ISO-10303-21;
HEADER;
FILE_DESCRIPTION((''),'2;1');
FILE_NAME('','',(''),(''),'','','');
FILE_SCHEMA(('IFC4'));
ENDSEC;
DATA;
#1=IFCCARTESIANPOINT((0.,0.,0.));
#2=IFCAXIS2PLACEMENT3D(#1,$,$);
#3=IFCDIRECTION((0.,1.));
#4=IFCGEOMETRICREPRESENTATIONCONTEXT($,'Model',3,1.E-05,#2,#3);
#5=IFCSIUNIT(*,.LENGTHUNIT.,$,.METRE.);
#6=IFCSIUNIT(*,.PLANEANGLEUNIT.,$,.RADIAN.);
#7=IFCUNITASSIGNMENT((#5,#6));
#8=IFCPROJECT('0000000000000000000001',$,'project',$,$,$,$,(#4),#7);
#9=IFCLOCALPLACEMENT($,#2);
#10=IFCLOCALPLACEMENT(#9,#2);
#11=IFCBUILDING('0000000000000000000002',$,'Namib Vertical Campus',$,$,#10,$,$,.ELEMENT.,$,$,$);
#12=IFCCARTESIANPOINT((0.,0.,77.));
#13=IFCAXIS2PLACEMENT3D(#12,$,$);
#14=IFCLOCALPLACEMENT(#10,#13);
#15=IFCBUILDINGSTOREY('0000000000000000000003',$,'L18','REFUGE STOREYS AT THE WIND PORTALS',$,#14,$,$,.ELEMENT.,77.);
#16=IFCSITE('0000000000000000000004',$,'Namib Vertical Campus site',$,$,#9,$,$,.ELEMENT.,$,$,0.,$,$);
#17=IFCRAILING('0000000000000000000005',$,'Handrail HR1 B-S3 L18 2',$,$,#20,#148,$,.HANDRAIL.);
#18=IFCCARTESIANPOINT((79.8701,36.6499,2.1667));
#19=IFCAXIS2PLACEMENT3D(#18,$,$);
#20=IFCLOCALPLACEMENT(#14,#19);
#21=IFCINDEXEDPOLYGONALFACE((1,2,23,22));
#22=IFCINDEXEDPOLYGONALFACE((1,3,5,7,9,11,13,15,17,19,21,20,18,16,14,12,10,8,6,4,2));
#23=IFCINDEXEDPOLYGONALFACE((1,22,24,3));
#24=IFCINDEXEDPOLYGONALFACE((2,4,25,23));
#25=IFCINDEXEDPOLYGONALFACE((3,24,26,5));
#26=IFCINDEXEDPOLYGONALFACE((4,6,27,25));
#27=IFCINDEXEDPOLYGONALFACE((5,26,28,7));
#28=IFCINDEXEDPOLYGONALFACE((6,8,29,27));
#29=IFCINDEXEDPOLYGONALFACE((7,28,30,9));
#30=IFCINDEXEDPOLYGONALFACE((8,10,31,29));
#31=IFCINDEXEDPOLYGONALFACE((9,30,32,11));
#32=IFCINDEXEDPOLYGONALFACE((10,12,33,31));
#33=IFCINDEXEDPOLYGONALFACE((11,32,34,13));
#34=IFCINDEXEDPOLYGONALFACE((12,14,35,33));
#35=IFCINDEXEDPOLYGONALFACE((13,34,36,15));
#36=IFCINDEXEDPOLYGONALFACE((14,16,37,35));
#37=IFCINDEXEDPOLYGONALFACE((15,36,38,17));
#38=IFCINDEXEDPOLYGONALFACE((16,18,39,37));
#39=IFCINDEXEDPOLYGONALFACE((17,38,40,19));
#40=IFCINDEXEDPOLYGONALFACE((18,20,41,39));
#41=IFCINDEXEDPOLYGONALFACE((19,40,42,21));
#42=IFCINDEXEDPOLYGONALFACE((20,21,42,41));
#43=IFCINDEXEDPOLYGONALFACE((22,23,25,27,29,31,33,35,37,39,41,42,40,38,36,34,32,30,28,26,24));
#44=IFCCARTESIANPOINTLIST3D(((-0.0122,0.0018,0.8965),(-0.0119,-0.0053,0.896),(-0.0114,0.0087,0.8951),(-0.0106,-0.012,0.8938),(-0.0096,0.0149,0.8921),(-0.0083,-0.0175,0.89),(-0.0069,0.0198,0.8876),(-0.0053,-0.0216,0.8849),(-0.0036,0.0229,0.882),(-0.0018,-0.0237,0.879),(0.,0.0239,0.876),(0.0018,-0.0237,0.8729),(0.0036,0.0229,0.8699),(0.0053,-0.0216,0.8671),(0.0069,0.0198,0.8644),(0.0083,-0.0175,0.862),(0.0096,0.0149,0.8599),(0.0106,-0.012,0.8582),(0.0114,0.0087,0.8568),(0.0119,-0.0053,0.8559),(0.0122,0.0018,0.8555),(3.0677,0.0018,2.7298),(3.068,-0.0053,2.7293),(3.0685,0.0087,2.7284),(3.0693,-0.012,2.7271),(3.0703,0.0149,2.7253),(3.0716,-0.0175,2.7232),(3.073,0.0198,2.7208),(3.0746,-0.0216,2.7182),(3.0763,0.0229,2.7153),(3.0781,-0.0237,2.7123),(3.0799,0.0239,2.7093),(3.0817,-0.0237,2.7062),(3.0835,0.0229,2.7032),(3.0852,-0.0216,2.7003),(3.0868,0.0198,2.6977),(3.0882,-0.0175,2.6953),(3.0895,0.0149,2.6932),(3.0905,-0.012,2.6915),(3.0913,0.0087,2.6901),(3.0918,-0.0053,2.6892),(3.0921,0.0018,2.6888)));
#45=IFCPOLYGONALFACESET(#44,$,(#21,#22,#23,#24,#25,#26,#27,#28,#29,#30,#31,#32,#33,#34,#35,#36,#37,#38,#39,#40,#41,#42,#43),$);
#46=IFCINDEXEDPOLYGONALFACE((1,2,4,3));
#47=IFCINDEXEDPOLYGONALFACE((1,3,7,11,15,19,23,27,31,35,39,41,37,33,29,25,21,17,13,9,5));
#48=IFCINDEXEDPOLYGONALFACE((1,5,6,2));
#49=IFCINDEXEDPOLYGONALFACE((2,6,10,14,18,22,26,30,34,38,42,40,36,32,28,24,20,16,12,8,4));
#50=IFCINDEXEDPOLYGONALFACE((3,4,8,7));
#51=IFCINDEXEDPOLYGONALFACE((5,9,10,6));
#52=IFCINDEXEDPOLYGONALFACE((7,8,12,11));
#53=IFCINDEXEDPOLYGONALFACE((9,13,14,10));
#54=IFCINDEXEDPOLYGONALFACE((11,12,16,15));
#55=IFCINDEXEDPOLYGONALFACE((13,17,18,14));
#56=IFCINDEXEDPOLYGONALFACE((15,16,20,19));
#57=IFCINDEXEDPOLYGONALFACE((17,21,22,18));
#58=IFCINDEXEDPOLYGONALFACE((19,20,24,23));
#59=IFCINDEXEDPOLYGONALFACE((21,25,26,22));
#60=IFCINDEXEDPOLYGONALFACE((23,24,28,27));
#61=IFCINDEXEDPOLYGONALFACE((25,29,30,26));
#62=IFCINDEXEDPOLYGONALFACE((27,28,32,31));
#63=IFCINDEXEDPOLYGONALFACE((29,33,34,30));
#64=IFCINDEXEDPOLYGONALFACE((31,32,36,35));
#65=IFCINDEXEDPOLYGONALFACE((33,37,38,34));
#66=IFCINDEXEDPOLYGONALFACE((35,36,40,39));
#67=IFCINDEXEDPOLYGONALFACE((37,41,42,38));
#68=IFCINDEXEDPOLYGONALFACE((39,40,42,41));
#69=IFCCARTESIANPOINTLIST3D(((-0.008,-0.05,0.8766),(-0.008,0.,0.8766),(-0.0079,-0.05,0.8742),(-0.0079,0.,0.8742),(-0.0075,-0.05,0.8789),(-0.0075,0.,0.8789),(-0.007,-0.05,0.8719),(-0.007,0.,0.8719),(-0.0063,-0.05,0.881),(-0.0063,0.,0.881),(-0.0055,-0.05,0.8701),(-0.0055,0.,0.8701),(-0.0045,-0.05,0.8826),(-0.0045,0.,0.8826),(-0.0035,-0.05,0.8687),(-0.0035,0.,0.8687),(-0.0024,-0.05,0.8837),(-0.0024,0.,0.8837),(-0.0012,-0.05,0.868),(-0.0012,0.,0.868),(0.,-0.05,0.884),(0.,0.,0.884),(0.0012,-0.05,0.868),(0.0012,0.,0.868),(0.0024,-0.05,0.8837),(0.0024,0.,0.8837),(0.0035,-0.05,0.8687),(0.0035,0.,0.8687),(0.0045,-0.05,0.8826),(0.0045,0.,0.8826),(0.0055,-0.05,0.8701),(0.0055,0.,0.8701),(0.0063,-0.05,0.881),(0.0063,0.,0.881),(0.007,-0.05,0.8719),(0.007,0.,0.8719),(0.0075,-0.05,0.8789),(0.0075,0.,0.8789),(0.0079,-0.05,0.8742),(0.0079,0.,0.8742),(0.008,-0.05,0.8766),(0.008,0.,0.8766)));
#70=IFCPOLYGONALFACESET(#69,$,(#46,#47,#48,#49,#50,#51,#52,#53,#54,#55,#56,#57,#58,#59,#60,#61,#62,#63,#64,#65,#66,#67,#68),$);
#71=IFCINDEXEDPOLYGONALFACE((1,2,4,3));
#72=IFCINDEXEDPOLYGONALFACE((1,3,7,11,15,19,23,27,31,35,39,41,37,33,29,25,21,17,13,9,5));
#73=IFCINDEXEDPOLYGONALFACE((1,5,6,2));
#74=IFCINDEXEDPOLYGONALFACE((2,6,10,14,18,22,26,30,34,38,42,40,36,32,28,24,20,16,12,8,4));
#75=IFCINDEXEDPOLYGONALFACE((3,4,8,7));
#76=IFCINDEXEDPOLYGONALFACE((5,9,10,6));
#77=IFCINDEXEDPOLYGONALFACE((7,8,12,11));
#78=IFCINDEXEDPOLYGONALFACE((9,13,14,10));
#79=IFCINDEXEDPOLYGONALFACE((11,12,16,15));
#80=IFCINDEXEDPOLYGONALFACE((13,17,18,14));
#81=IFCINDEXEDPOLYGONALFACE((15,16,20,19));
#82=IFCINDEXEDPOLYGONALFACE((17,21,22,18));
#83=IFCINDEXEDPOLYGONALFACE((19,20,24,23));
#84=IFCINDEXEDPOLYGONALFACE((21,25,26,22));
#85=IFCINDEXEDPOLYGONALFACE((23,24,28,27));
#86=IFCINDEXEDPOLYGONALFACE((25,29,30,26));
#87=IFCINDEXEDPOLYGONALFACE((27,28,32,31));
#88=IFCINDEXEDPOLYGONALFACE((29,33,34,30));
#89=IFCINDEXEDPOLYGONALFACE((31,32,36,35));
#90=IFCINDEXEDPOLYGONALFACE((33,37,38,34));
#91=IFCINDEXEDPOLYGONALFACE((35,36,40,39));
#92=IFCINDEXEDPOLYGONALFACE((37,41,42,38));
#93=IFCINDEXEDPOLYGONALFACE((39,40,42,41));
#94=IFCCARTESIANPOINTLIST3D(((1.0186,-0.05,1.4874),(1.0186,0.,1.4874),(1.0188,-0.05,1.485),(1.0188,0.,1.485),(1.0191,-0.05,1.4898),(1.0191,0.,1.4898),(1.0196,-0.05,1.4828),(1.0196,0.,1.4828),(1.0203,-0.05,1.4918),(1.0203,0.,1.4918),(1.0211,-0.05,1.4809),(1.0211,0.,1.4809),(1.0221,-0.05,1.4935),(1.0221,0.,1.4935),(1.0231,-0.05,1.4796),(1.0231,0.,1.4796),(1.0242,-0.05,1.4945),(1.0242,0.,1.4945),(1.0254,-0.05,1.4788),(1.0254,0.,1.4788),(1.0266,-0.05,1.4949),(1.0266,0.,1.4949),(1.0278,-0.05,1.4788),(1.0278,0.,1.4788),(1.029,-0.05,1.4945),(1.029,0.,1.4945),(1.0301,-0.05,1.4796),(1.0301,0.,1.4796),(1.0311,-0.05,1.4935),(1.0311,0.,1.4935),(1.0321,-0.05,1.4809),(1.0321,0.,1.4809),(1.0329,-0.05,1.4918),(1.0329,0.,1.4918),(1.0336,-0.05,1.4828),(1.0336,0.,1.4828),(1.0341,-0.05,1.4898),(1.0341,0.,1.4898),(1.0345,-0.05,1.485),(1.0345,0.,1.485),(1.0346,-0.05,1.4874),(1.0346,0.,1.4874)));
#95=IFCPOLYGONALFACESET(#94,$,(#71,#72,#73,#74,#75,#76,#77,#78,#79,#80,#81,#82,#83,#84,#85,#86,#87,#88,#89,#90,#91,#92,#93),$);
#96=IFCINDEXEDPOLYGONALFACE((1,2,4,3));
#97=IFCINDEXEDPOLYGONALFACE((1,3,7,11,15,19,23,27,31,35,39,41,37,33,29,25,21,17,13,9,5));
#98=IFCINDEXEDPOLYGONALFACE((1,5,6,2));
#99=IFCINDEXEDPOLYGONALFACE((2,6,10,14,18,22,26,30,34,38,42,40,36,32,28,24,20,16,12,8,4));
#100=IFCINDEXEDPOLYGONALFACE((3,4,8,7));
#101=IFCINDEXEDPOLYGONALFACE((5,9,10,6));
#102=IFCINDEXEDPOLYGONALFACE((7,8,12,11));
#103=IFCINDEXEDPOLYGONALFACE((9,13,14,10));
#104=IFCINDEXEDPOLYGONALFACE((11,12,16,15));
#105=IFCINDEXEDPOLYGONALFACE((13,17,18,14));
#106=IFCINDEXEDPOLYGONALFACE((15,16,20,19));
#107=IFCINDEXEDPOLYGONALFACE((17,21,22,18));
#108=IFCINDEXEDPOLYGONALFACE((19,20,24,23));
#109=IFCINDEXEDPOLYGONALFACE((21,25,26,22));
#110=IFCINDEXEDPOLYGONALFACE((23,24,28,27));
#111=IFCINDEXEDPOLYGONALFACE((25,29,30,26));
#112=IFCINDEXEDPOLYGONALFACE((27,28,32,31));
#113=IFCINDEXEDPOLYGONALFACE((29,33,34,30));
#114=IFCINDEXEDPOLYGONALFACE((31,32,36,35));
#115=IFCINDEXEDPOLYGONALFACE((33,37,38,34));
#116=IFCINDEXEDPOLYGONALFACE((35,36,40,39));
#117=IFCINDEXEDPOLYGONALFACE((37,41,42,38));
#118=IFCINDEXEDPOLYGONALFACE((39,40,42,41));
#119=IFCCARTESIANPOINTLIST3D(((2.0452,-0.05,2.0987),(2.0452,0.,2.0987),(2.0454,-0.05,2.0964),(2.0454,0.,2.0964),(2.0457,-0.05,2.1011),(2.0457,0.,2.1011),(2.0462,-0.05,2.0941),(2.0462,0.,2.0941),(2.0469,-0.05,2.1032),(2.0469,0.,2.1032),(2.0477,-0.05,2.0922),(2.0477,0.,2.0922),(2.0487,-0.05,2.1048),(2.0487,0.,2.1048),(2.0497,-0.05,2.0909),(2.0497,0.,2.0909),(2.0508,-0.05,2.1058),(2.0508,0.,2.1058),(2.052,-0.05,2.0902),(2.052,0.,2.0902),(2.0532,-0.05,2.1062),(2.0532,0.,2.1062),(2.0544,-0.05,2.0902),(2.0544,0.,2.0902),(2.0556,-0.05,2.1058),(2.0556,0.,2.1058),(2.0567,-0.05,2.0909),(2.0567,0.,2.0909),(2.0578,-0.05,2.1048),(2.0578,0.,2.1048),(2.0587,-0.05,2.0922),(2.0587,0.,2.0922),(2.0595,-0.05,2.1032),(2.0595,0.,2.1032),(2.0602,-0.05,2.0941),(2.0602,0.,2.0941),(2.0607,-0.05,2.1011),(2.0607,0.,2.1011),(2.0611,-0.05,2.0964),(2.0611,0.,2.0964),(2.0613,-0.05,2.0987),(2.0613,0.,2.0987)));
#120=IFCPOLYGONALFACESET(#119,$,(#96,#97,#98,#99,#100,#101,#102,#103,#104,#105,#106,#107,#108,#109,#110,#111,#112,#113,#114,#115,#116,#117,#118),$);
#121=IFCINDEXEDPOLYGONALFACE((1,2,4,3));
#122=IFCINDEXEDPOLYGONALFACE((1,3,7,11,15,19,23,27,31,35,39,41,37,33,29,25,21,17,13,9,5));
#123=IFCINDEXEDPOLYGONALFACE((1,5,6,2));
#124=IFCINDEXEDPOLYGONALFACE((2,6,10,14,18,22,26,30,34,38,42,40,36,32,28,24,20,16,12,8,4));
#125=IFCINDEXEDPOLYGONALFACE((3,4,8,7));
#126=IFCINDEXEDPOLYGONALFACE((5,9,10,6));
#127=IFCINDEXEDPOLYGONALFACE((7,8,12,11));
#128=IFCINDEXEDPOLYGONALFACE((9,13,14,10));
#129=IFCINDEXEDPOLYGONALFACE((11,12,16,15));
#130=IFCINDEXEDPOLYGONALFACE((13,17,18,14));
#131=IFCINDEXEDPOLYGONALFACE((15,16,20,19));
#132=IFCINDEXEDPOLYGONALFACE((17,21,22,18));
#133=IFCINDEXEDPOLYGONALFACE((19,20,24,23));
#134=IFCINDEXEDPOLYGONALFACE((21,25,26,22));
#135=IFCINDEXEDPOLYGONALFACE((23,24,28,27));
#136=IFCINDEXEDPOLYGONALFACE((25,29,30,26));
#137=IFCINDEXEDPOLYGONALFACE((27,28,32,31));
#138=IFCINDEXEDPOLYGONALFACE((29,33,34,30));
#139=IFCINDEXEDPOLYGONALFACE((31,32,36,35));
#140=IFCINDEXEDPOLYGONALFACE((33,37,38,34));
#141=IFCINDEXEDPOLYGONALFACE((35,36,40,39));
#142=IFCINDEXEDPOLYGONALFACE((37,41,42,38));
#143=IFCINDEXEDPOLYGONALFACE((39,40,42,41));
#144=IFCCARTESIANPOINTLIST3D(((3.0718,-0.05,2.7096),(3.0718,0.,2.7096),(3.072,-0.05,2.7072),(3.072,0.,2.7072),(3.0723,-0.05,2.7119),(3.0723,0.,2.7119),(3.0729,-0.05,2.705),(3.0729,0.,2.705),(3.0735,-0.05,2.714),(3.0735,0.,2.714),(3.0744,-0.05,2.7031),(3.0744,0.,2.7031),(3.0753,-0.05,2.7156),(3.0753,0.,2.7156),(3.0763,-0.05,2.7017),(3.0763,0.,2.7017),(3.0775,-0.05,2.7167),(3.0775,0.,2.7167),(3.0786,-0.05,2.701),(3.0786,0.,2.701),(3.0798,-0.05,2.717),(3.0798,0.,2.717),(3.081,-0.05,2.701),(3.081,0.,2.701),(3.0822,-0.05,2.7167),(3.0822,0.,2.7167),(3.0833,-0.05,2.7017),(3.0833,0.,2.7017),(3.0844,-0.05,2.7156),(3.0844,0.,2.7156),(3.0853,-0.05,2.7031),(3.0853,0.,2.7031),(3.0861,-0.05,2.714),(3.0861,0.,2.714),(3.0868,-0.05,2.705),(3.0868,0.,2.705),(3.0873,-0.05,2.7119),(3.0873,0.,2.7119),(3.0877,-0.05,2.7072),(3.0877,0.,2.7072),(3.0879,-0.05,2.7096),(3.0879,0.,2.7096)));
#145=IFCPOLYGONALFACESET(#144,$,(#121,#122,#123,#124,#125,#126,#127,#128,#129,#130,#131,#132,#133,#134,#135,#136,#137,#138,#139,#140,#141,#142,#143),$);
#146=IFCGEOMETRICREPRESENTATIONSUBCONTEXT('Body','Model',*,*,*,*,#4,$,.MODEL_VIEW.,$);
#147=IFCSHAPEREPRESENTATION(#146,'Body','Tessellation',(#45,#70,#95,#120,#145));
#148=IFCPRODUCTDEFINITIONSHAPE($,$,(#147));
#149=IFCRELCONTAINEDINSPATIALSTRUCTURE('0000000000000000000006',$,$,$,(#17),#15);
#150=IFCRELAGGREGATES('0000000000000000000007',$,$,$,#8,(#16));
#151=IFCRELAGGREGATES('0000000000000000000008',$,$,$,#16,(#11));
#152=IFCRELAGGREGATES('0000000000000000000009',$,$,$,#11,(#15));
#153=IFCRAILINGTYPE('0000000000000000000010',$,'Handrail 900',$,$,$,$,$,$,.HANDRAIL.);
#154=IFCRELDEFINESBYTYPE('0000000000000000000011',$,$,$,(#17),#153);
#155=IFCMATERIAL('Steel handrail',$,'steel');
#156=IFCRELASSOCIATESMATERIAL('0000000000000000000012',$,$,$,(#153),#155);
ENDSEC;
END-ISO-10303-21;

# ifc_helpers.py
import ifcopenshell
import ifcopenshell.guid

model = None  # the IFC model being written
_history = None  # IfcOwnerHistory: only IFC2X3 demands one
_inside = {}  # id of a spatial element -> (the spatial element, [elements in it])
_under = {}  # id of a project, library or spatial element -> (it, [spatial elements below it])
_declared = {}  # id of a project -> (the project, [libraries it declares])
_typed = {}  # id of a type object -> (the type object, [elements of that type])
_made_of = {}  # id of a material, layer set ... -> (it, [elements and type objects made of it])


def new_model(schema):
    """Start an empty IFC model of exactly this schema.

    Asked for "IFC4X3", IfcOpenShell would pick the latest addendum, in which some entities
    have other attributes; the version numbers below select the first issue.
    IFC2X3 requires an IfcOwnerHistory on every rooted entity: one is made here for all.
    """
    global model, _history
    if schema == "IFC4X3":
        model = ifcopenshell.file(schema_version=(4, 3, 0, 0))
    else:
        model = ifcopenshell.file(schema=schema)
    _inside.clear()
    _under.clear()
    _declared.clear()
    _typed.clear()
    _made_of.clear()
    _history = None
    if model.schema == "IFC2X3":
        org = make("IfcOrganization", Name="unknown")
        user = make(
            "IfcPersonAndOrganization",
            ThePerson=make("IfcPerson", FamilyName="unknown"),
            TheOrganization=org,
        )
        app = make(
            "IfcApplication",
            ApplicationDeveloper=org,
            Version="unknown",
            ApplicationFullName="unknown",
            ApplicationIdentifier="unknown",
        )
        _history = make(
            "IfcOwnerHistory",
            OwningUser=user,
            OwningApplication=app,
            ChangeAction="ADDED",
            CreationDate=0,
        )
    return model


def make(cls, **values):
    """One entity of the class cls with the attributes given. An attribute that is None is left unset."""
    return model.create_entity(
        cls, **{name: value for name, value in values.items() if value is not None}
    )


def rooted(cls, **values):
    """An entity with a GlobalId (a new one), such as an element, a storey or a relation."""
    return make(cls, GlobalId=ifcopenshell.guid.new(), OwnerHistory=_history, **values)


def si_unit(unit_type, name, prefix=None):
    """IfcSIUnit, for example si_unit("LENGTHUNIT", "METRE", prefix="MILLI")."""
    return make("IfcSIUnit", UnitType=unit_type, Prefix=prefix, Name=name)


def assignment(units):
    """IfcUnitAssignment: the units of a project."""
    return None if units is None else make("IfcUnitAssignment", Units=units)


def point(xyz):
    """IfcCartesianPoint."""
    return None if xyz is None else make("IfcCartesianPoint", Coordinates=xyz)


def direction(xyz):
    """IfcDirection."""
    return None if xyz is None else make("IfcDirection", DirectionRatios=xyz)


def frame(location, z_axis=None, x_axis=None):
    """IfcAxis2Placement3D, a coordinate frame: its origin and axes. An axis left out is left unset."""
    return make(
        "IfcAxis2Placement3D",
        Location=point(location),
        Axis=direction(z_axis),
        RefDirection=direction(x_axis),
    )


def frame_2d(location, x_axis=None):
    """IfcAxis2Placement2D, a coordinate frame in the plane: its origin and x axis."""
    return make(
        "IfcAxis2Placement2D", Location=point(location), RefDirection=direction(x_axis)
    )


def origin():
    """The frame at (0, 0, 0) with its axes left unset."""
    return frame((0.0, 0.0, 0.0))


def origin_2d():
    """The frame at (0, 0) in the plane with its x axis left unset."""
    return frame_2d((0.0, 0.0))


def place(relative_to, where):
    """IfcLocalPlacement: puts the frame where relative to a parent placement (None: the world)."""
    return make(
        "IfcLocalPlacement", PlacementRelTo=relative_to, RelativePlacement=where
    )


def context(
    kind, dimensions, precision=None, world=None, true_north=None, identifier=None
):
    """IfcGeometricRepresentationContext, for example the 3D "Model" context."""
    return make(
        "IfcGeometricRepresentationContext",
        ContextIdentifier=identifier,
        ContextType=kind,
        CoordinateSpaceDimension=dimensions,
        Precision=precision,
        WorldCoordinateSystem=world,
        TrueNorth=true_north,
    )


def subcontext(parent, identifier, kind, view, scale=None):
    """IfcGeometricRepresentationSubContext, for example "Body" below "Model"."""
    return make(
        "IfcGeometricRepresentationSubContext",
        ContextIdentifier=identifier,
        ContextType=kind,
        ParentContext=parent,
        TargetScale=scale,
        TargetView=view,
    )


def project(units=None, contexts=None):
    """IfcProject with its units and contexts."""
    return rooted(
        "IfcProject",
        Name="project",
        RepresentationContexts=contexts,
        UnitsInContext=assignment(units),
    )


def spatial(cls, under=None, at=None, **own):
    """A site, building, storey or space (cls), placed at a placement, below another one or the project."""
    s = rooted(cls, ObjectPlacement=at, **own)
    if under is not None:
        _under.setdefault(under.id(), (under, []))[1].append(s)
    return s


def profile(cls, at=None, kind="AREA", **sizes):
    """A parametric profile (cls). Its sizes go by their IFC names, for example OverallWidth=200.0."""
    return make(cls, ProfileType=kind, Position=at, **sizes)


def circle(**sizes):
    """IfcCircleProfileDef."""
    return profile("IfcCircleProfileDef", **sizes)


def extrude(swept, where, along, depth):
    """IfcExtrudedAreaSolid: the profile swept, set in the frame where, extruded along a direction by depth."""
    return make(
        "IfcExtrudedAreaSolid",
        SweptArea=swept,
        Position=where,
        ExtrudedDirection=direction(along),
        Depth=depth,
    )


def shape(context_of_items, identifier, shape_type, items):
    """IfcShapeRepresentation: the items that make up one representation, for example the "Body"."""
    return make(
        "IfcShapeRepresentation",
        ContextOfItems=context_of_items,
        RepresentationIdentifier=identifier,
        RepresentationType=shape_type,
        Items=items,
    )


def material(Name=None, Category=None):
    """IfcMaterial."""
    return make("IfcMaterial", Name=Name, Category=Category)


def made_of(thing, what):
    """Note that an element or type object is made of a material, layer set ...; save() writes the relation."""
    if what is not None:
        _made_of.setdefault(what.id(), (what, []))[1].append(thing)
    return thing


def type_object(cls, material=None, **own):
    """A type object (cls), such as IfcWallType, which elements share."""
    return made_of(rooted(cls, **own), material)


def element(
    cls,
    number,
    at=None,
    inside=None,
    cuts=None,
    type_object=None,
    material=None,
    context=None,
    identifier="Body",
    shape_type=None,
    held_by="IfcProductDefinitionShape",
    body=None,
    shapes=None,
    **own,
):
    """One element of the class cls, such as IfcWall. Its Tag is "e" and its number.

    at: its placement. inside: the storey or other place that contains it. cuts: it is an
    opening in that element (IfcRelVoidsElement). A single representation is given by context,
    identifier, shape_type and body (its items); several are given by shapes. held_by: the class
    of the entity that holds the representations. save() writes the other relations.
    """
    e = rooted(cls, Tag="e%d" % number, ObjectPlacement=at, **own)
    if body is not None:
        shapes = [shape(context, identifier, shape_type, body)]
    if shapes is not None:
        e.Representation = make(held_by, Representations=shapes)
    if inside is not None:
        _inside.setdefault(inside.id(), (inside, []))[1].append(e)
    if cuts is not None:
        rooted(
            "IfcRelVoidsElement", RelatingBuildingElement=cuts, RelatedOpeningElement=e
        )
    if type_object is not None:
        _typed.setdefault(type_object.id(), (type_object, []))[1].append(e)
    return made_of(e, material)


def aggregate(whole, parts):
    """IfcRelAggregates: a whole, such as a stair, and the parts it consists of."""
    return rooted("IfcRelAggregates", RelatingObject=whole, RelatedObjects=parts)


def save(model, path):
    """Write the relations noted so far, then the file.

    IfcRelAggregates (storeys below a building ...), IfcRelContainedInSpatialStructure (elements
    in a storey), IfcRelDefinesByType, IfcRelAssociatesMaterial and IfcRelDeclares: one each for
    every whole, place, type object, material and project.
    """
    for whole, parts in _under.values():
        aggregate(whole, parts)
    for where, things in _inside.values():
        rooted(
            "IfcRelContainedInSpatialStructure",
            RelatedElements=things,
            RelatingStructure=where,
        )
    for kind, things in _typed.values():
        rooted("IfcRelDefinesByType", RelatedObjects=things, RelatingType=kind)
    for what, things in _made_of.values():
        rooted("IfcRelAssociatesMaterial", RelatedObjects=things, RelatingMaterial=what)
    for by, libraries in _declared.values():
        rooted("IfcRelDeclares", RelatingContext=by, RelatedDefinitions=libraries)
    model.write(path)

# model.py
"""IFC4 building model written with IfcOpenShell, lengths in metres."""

from ifc_helpers import new_model, si_unit, direction, frame, origin, origin_2d, place, context, subcontext, project, spatial, circle, extrude, material, type_object, element, save


model = new_model("IFC4")

# Units and contexts
model_context = context("Model", 3, precision=1e-05, world=origin(), true_north=direction((0.0, 1.0)))
body_context = subcontext(model_context, "Body", "Model", "MODEL_VIEW")
ifc_project = project(units=[si_unit("LENGTHUNIT", "METRE"), si_unit("PLANEANGLEUNIT", "RADIAN")], contexts=[model_context])

# Site, building, storey
site_placement = place(None, origin())
site = spatial("IfcSite", under=ifc_project, at=site_placement, Name="Namib Vertical Campus site", CompositionType="ELEMENT", RefElevation=0.0)
building_placement = place(site_placement, origin())
building = spatial("IfcBuilding", under=site, at=building_placement, Name="Namib Vertical Campus", CompositionType="ELEMENT")
storey_placement = place(building_placement, frame((0.0, 0.0, 77.0)))
storey = spatial("IfcBuildingStorey", under=building, at=storey_placement, Name="L18", Description="REFUGE STOREYS AT THE WIND PORTALS", CompositionType="ELEMENT", Elevation=77.0)

# Railing
ifc_material_1 = material(Name="Steel handrail", Category="steel")
railing_type_1 = type_object("IfcRailingType", Name="Handrail 900", PredefinedType="HANDRAIL", material=ifc_material_1)
railing_1_placement = place(storey_placement, frame((79.8701, 36.6499, 2.1667)))
element("IfcRailing", 1, at=railing_1_placement, inside=storey, type_object=railing_type_1, Name="Handrail HR1 B-S3 L18 2", PredefinedType="HANDRAIL", context=body_context, shape_type="SweptSolid", body=[
    extrude(circle(Radius=0.0239, at=origin_2d()), frame((0.0, 0.0, 0.876), z_axis=(0.859291, 0.0, 0.511487), x_axis=(0.0, 1.0, 0.0)), (0.0, 0.0, 1.0), 3.5842),
    extrude(circle(Radius=0.0081, at=origin_2d()), frame((0.0, 0.0, 0.876), z_axis=(0.0, -1.0, 0.0), x_axis=(0.0, 0.0, 1.0)), (0.0, 0.0, 1.0), 0.05),
    extrude(circle(Radius=0.0081, at=origin_2d()), frame((1.0266, 0.0, 1.4868), z_axis=(0.0, -1.0, 0.0), x_axis=(0.0, 0.0, 1.0)), (0.0, 0.0, 1.0), 0.05),
    extrude(circle(Radius=0.0081, at=origin_2d()), frame((2.0532, 0.0, 2.0981), z_axis=(0.0, -1.0, 0.0), x_axis=(0.0, 0.0, 1.0)), (0.0, 0.0, 1.0), 0.05),
    extrude(circle(Radius=0.0081, at=origin_2d()), frame((3.0798, 0.0, 2.709), z_axis=(0.0, -1.0, 0.0), x_axis=(0.0, 0.0, 1.0)), (0.0, 0.0, 1.0), 0.05),
])

save(model, "model.ifc")
